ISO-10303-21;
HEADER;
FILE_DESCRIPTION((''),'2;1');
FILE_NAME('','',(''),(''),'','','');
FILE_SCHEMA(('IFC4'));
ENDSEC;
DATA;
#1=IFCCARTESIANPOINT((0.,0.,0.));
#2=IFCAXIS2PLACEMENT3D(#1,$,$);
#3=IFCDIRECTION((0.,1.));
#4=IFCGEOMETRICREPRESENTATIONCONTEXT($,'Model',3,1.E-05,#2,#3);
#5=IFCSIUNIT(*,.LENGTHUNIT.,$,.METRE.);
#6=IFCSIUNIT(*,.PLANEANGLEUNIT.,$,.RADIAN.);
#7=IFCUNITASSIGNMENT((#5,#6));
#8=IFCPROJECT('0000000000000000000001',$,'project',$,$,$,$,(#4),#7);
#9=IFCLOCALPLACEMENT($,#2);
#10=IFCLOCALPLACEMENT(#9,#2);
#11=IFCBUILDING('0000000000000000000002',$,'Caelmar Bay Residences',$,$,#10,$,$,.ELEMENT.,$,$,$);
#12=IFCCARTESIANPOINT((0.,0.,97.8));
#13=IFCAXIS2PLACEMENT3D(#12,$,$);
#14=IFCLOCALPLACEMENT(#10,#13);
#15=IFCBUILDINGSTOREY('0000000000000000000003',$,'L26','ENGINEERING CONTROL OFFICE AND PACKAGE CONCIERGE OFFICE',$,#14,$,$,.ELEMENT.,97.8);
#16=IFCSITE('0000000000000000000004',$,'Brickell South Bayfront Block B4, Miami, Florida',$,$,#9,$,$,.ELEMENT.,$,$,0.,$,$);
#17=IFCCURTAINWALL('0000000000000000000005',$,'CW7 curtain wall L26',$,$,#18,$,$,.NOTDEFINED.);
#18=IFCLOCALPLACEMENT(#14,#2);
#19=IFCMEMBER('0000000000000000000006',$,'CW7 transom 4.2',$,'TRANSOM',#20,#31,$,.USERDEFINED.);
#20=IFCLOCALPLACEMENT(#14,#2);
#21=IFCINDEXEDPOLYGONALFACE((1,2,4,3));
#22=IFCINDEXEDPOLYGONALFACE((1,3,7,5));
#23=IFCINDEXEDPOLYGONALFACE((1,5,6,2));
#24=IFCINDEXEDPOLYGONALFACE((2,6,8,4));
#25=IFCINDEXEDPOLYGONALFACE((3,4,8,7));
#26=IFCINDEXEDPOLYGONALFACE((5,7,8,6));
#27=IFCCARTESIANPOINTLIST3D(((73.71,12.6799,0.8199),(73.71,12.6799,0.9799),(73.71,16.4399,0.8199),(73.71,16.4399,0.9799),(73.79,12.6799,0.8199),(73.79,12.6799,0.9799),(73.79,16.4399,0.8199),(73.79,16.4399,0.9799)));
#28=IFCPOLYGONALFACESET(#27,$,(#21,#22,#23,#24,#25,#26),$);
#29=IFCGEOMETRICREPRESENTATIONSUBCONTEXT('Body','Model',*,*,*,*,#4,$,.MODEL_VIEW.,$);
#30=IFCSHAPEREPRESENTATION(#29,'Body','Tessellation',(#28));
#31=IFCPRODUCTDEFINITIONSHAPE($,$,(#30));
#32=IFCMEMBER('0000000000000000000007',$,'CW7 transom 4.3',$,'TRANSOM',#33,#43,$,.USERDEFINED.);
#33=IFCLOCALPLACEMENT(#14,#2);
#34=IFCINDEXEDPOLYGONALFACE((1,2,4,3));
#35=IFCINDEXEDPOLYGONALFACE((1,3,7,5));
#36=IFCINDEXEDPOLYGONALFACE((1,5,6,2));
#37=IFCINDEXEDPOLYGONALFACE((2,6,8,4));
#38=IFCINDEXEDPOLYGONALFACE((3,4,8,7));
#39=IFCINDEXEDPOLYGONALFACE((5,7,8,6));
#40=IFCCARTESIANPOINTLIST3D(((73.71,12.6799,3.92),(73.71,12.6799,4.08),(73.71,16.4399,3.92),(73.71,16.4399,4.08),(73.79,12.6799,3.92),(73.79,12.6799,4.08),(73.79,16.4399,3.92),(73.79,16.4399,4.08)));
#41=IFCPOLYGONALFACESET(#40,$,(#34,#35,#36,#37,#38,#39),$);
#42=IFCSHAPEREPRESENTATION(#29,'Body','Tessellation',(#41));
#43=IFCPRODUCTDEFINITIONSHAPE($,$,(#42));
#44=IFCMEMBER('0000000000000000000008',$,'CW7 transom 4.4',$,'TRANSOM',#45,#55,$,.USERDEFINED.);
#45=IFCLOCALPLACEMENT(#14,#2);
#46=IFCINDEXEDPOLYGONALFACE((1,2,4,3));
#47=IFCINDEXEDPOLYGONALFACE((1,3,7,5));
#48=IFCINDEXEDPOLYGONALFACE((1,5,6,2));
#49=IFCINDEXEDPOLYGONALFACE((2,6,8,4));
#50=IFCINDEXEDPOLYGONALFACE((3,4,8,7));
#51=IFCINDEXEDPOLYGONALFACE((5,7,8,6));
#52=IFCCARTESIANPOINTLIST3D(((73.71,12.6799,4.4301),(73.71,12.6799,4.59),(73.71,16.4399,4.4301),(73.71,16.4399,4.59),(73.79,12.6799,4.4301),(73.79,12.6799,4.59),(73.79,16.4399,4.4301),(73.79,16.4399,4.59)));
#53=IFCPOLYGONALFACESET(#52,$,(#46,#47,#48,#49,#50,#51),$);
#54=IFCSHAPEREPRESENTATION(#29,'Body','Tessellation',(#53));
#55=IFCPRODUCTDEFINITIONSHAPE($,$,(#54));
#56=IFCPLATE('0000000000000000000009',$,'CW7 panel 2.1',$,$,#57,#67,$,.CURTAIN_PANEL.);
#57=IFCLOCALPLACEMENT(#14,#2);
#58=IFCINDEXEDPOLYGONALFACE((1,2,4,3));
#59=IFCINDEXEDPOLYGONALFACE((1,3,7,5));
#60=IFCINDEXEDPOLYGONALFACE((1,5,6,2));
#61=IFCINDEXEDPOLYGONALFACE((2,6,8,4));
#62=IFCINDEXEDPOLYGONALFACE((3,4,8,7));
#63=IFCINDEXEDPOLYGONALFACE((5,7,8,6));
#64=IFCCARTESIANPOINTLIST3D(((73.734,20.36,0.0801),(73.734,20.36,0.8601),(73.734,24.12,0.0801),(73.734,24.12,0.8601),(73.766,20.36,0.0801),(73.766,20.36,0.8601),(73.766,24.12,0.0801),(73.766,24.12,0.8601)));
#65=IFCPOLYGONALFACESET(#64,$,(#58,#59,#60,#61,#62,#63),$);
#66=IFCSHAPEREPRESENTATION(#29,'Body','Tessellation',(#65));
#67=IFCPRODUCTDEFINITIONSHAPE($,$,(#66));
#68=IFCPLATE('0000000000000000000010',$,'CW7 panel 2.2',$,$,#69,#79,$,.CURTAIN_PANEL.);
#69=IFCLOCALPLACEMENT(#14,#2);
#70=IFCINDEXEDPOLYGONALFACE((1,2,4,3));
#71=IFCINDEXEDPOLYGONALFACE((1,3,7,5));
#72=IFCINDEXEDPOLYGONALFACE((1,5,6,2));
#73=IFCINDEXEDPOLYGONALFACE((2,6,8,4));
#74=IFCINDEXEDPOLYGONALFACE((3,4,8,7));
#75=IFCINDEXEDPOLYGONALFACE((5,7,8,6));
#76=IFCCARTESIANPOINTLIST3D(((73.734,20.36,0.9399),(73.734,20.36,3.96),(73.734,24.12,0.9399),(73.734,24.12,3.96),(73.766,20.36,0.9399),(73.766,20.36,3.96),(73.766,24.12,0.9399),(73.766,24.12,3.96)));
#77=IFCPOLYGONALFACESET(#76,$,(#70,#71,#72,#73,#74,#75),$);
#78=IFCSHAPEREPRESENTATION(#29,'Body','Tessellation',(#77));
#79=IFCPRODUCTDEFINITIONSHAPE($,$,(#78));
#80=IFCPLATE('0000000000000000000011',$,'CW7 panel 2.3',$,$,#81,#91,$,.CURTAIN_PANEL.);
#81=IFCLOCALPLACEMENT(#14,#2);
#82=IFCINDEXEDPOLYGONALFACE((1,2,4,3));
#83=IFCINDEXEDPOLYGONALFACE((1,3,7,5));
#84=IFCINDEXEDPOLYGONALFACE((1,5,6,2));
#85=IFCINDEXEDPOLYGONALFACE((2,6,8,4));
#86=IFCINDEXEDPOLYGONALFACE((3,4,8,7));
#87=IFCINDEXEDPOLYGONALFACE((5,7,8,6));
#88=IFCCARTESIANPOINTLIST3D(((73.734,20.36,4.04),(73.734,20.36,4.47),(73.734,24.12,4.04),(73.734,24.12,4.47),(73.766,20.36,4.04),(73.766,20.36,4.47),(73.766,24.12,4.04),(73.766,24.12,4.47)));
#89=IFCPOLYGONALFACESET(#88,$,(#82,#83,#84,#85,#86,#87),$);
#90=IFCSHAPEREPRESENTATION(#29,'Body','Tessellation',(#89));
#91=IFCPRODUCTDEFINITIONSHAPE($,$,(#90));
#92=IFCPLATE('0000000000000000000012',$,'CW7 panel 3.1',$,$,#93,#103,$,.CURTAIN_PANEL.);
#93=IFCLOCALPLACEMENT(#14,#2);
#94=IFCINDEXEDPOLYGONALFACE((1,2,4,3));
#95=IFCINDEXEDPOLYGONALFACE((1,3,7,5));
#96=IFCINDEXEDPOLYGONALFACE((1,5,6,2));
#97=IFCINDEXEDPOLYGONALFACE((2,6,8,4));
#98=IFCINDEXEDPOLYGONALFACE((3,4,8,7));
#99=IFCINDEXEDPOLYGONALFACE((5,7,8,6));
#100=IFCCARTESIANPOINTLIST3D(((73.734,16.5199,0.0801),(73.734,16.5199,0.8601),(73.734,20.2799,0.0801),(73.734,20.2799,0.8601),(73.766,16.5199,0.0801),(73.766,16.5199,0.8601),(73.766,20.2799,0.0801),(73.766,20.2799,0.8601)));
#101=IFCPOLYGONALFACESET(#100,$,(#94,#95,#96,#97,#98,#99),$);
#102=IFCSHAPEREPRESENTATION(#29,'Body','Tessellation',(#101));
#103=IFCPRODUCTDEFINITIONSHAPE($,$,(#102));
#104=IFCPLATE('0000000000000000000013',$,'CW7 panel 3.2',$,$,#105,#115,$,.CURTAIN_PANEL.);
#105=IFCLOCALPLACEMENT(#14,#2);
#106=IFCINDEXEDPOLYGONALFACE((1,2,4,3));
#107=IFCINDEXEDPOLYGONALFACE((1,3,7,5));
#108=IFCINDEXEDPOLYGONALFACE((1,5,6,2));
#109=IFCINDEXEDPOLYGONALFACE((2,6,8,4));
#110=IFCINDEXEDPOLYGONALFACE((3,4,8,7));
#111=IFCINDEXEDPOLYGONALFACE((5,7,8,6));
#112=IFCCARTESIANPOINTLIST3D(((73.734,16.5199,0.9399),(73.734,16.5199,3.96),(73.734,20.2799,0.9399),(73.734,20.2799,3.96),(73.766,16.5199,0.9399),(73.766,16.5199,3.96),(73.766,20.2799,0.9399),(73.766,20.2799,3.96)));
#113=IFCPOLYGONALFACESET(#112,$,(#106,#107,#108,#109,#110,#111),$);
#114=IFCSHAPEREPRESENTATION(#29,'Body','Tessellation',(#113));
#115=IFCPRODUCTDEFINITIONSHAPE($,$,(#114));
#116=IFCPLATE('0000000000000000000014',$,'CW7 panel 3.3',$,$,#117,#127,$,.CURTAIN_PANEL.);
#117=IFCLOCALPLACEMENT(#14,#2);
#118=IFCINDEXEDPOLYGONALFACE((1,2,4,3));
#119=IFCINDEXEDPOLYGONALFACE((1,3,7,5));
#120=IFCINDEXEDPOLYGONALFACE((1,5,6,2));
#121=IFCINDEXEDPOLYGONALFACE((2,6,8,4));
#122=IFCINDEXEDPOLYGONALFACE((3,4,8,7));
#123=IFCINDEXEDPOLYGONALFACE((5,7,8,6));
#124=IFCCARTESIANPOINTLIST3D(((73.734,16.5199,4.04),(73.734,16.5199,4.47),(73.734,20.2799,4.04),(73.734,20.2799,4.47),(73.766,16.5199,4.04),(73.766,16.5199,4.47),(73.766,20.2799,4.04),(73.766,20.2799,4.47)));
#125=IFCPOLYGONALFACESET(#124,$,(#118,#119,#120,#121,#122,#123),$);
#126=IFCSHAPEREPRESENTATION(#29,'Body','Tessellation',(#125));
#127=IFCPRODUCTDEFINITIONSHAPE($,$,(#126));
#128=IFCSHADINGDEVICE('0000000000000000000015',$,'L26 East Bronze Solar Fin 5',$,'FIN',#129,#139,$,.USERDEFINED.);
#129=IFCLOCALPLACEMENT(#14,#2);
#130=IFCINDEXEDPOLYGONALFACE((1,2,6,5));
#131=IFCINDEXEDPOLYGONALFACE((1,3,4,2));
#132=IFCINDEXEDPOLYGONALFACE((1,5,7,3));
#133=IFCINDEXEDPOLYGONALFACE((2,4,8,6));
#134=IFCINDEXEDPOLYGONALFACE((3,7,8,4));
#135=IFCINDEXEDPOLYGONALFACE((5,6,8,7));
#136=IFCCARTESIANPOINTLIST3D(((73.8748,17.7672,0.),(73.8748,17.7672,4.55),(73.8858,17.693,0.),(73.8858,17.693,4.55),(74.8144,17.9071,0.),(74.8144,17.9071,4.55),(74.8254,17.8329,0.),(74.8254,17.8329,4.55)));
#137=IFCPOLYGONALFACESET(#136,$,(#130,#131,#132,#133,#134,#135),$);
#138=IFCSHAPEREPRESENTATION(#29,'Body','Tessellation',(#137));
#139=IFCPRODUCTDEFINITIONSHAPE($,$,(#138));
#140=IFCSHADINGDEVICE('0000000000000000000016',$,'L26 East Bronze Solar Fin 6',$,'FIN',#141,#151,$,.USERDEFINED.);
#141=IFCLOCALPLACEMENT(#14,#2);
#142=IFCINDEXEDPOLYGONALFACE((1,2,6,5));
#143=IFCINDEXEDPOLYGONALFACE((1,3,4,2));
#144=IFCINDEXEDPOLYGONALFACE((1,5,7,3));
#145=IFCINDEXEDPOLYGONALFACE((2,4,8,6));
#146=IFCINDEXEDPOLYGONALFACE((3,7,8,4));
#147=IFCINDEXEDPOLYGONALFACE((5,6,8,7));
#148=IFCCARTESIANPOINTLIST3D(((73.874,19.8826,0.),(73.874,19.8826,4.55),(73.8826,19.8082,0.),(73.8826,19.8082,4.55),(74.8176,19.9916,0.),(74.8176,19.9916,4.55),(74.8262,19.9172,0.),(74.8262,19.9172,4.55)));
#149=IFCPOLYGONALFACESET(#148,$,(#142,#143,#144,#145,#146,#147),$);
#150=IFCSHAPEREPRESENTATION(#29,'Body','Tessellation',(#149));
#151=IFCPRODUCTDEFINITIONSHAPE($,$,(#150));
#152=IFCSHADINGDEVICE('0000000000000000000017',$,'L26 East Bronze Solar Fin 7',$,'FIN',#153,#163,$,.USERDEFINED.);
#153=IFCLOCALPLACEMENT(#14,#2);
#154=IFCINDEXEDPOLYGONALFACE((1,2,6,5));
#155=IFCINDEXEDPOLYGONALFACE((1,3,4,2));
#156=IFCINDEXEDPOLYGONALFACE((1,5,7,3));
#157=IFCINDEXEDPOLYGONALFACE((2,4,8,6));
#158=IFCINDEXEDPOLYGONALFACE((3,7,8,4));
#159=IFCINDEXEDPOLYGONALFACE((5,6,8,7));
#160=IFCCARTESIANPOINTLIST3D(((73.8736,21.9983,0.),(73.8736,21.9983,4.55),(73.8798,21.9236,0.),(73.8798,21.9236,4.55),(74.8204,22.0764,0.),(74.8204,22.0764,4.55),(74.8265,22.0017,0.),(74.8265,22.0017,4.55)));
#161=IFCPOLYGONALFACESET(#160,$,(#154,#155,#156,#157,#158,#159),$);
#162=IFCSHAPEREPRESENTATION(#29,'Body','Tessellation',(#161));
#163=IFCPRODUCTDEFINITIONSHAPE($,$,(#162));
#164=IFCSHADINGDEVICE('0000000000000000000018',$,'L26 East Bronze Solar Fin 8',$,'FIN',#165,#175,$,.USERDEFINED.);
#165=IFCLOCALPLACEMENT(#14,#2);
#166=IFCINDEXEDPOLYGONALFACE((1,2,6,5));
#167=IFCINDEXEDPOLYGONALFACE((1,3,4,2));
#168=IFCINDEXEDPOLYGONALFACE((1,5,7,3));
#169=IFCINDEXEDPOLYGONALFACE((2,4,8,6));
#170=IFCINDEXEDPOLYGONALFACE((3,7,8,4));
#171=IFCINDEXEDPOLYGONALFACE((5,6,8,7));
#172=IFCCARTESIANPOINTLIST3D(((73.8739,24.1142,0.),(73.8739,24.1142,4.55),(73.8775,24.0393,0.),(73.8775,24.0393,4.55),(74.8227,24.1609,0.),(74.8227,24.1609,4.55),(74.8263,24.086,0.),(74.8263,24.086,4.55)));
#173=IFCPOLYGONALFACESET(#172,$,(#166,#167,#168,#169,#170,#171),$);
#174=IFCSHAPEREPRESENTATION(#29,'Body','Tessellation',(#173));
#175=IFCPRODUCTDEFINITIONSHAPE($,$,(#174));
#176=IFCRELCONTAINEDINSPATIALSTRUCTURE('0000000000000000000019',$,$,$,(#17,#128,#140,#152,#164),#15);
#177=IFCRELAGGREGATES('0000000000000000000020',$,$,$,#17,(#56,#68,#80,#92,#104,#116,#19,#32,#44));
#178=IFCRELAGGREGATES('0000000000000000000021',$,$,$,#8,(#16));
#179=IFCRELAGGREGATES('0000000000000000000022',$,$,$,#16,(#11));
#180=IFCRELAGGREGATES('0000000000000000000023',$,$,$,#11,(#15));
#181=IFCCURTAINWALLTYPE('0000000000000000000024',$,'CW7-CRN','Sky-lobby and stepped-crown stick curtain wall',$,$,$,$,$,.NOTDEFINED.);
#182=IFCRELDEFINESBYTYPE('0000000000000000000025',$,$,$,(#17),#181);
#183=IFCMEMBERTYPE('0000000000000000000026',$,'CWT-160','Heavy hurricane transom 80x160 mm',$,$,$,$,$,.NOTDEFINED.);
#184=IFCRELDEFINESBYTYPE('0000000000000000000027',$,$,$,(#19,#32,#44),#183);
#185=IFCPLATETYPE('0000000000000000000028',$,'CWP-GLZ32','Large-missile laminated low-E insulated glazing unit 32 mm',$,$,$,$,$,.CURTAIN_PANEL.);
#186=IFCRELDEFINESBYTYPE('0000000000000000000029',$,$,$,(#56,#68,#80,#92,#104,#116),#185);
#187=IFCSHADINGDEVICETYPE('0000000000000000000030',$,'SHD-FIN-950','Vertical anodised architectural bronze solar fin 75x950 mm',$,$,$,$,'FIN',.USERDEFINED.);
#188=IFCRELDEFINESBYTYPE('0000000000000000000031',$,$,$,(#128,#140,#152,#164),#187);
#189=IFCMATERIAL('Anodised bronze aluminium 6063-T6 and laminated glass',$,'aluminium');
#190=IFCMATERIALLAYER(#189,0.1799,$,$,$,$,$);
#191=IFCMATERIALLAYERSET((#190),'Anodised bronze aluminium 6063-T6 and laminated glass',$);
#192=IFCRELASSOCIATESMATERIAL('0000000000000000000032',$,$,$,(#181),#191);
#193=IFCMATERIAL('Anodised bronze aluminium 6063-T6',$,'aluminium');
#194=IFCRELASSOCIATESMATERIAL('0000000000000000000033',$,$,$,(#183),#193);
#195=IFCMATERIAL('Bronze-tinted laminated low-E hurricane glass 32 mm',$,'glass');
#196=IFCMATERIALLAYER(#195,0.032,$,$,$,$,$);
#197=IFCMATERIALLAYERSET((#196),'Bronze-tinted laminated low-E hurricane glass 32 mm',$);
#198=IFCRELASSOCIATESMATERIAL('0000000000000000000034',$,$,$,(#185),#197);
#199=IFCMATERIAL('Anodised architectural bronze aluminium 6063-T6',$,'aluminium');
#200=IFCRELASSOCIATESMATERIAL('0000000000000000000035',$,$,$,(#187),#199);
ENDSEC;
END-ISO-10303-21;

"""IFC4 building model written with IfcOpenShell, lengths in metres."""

from ifc_helpers import new_model, si_unit, direction, frame, origin, origin_2d, place, context, subcontext, project, spatial, rectangle, extrude, material, layer, layer_set, material_profile, profile_set, type_object, element, aggregate, save


model = new_model("IFC4")

# Units and contexts
model_context = context("Model", 3, precision=1e-05, world=origin(), true_north=direction((0.0, 1.0)))
body_context = subcontext(model_context, "Body", "Model", "MODEL_VIEW")
ifc_project = project(units=[si_unit("LENGTHUNIT", "METRE"), si_unit("PLANEANGLEUNIT", "RADIAN")], contexts=[model_context])

# Site, building, storey
site_placement = place(None, origin())
site = spatial("IfcSite", under=ifc_project, at=site_placement, Name="Brickell South Bayfront Block B4, Miami, Florida", CompositionType="ELEMENT", RefElevation=0.0)
building_placement = place(site_placement, origin())
building = spatial("IfcBuilding", under=site, at=building_placement, Name="Caelmar Bay Residences", CompositionType="ELEMENT")
storey_placement = place(building_placement, frame((0.0, 0.0, 97.8)))
storey = spatial("IfcBuildingStorey", under=building, at=storey_placement, Name="L26", Description="ENGINEERING CONTROL OFFICE AND PACKAGE CONCIERGE OFFICE", CompositionType="ELEMENT", Elevation=97.8)

# Curtain wall, members, plates
ifc_material_1 = material(Name="Anodised bronze aluminium 6063-T6 and laminated glass", Category="aluminium")
ifc_layer_1 = layer(ifc_material_1, 0.1799)
ifc_layer_set_1 = layer_set([ifc_layer_1], Name="Anodised bronze aluminium 6063-T6 and laminated glass")
curtain_wall_type = type_object("IfcCurtainWallType", Name="CW7-CRN", Description="Sky-lobby and stepped-crown stick curtain wall", PredefinedType="NOTDEFINED", material=ifc_layer_set_1)
curtain_wall_placement = place(storey_placement, origin())
curtain_wall = element("IfcCurtainWall", 1, at=curtain_wall_placement, inside=storey, type_object=curtain_wall_type, Name="CW7 curtain wall L26", PredefinedType="NOTDEFINED")
ifc_material_2 = material(Name="Anodised bronze aluminium 6063-T6", Category="aluminium")
ifc_material_profile_1 = material_profile(ifc_material_2, rectangle(XDim=0.0801, YDim=0.1599, at=origin_2d()), Name="CWT-80X160")
ifc_profile_set_1 = profile_set([ifc_material_profile_1], Name="Anodised bronze aluminium 6063-T6")
member_type_1 = type_object("IfcMemberType", Name="CWT-160", Description="Heavy hurricane transom 80x160 mm", PredefinedType="NOTDEFINED", material=ifc_profile_set_1)
member_1_placement = place(storey_placement, frame((73.75, 16.4399, 0.8999), z_axis=(0.0, -1.0, 0.0), x_axis=(1.0, 0.0, 0.0)))
member_1 = element("IfcMember", 2, at=member_1_placement, type_object=member_type_1, Name="CW7 transom 4.2", ObjectType="TRANSOM", PredefinedType="USERDEFINED", context=body_context, shape_type="SweptSolid", body=[
    extrude(rectangle(XDim=0.0801, YDim=0.1599, at=origin_2d()), origin(), (0.0, 0.0, 1.0), 3.76),
])
member_2_placement = place(storey_placement, frame((73.75, 16.4399, 4.0), z_axis=(0.0, -1.0, 0.0), x_axis=(1.0, 0.0, 0.0)))
member_2 = element("IfcMember", 3, at=member_2_placement, type_object=member_type_1, Name="CW7 transom 4.3", ObjectType="TRANSOM", PredefinedType="USERDEFINED", context=body_context, shape_type="SweptSolid", body=[
    extrude(rectangle(XDim=0.0801, YDim=0.1599, at=origin_2d()), origin(), (0.0, 0.0, 1.0), 3.76),
])
member_3_placement = place(storey_placement, frame((73.75, 16.4399, 4.51), z_axis=(0.0, -1.0, 0.0), x_axis=(1.0, 0.0, 0.0)))
member_3 = element("IfcMember", 4, at=member_3_placement, type_object=member_type_1, Name="CW7 transom 4.4", ObjectType="TRANSOM", PredefinedType="USERDEFINED", context=body_context, shape_type="SweptSolid", body=[
    extrude(rectangle(XDim=0.0801, YDim=0.1599, at=origin_2d()), origin(), (0.0, 0.0, 1.0), 3.76),
])
ifc_material_3 = material(Name="Bronze-tinted laminated low-E hurricane glass 32 mm", Category="glass")
ifc_layer_2 = layer(ifc_material_3, 0.032)
ifc_layer_set_2 = layer_set([ifc_layer_2], Name="Bronze-tinted laminated low-E hurricane glass 32 mm")
plate_type = type_object("IfcPlateType", Name="CWP-GLZ32", Description="Large-missile laminated low-E insulated glazing unit 32 mm", PredefinedType="CURTAIN_PANEL", material=ifc_layer_set_2)
plate_1_placement = place(storey_placement, frame((73.75, 22.24, 0.0801), z_axis=(0.0, 0.0, 1.0), x_axis=(0.0, -1.0, 0.0)))
plate_1 = element("IfcPlate", 5, at=plate_1_placement, type_object=plate_type, Name="CW7 panel 2.1", PredefinedType="CURTAIN_PANEL", context=body_context, shape_type="SweptSolid", body=[
    extrude(rectangle(XDim=3.76, YDim=0.032, at=origin_2d()), origin(), (0.0, 0.0, 1.0), 0.78),
])
plate_2_placement = place(storey_placement, frame((73.75, 22.24, 0.9399), z_axis=(0.0, 0.0, 1.0), x_axis=(0.0, -1.0, 0.0)))
plate_2 = element("IfcPlate", 6, at=plate_2_placement, type_object=plate_type, Name="CW7 panel 2.2", PredefinedType="CURTAIN_PANEL", context=body_context, shape_type="SweptSolid", body=[
    extrude(rectangle(XDim=3.76, YDim=0.032, at=origin_2d()), origin(), (0.0, 0.0, 1.0), 3.02),
])
plate_3_placement = place(storey_placement, frame((73.75, 22.24, 4.04), z_axis=(0.0, 0.0, 1.0), x_axis=(0.0, -1.0, 0.0)))
plate_3 = element("IfcPlate", 7, at=plate_3_placement, type_object=plate_type, Name="CW7 panel 2.3", PredefinedType="CURTAIN_PANEL", context=body_context, shape_type="SweptSolid", body=[
    extrude(rectangle(XDim=3.76, YDim=0.032, at=origin_2d()), origin(), (0.0, 0.0, 1.0), 0.4299),
])
plate_4_placement = place(storey_placement, frame((73.75, 18.3999, 0.0801), z_axis=(0.0, 0.0, 1.0), x_axis=(0.0, -1.0, 0.0)))
plate_4 = element("IfcPlate", 8, at=plate_4_placement, type_object=plate_type, Name="CW7 panel 3.1", PredefinedType="CURTAIN_PANEL", context=body_context, shape_type="SweptSolid", body=[
    extrude(rectangle(XDim=3.76, YDim=0.032, at=origin_2d()), origin(), (0.0, 0.0, 1.0), 0.78),
])
plate_5_placement = place(storey_placement, frame((73.75, 18.3999, 0.9399), z_axis=(0.0, 0.0, 1.0), x_axis=(0.0, -1.0, 0.0)))
plate_5 = element("IfcPlate", 9, at=plate_5_placement, type_object=plate_type, Name="CW7 panel 3.2", PredefinedType="CURTAIN_PANEL", context=body_context, shape_type="SweptSolid", body=[
    extrude(rectangle(XDim=3.76, YDim=0.032, at=origin_2d()), origin(), (0.0, 0.0, 1.0), 3.02),
])
plate_6_placement = place(storey_placement, frame((73.75, 18.3999, 4.04), z_axis=(0.0, 0.0, 1.0), x_axis=(0.0, -1.0, 0.0)))
plate_6 = element("IfcPlate", 10, at=plate_6_placement, type_object=plate_type, Name="CW7 panel 3.3", PredefinedType="CURTAIN_PANEL", context=body_context, shape_type="SweptSolid", body=[
    extrude(rectangle(XDim=3.76, YDim=0.032, at=origin_2d()), origin(), (0.0, 0.0, 1.0), 0.4299),
])
aggregate(curtain_wall, [plate_1, plate_2, plate_3, plate_4, plate_5, plate_6, member_1, member_2, member_3])

# Shading devices
ifc_material_4 = material(Name="Anodised architectural bronze aluminium 6063-T6", Category="aluminium")
ifc_material_profile_2 = material_profile(ifc_material_4, rectangle(XDim=0.075, YDim=0.95, at=origin_2d()), Name="BRONZE-FIN-75X950")
ifc_profile_set_2 = profile_set([ifc_material_profile_2], Name="Anodised architectural bronze aluminium 6063-T6")
shading_device_type = type_object("IfcShadingDeviceType", Name="SHD-FIN-950", Description="Vertical anodised architectural bronze solar fin 75x950 mm", ElementType="FIN", PredefinedType="USERDEFINED", material=ifc_profile_set_2)
for number, where, z_axis, x_axis, name in (
    (11, (74.3501, 17.8, 0.0), (0.0, 0.0, 1.0), (-0.147292, 0.989093, 0.0), "L26 East Bronze Solar Fin 5"),
    (12, (74.3501, 19.8999, 0.0), (0.0, 0.0, 1.0), (-0.114764, 0.993393, 0.0), "L26 East Bronze Solar Fin 6"),
    (13, (74.3501, 22.0, 0.0), (0.0, 0.0, 1.0), (-0.082112, 0.996623, 0.0), "L26 East Bronze Solar Fin 7"),
    (14, (74.3501, 24.1001, 0.0), (0.0, 0.0, 1.0), (-0.049198, 0.998789, 0.0), "L26 East Bronze Solar Fin 8"),
):
    element("IfcShadingDevice", number, at=place(storey_placement, frame(where, z_axis=z_axis, x_axis=x_axis)), inside=storey, type_object=shading_device_type, Name=name, ObjectType="FIN", PredefinedType="USERDEFINED", context=body_context, shape_type="SweptSolid", body=[
        extrude(rectangle(XDim=0.075, YDim=0.95, at=origin_2d()), origin(), (0.0, 0.0, 1.0), 4.55),
    ])

save(model, "model.ifc")
